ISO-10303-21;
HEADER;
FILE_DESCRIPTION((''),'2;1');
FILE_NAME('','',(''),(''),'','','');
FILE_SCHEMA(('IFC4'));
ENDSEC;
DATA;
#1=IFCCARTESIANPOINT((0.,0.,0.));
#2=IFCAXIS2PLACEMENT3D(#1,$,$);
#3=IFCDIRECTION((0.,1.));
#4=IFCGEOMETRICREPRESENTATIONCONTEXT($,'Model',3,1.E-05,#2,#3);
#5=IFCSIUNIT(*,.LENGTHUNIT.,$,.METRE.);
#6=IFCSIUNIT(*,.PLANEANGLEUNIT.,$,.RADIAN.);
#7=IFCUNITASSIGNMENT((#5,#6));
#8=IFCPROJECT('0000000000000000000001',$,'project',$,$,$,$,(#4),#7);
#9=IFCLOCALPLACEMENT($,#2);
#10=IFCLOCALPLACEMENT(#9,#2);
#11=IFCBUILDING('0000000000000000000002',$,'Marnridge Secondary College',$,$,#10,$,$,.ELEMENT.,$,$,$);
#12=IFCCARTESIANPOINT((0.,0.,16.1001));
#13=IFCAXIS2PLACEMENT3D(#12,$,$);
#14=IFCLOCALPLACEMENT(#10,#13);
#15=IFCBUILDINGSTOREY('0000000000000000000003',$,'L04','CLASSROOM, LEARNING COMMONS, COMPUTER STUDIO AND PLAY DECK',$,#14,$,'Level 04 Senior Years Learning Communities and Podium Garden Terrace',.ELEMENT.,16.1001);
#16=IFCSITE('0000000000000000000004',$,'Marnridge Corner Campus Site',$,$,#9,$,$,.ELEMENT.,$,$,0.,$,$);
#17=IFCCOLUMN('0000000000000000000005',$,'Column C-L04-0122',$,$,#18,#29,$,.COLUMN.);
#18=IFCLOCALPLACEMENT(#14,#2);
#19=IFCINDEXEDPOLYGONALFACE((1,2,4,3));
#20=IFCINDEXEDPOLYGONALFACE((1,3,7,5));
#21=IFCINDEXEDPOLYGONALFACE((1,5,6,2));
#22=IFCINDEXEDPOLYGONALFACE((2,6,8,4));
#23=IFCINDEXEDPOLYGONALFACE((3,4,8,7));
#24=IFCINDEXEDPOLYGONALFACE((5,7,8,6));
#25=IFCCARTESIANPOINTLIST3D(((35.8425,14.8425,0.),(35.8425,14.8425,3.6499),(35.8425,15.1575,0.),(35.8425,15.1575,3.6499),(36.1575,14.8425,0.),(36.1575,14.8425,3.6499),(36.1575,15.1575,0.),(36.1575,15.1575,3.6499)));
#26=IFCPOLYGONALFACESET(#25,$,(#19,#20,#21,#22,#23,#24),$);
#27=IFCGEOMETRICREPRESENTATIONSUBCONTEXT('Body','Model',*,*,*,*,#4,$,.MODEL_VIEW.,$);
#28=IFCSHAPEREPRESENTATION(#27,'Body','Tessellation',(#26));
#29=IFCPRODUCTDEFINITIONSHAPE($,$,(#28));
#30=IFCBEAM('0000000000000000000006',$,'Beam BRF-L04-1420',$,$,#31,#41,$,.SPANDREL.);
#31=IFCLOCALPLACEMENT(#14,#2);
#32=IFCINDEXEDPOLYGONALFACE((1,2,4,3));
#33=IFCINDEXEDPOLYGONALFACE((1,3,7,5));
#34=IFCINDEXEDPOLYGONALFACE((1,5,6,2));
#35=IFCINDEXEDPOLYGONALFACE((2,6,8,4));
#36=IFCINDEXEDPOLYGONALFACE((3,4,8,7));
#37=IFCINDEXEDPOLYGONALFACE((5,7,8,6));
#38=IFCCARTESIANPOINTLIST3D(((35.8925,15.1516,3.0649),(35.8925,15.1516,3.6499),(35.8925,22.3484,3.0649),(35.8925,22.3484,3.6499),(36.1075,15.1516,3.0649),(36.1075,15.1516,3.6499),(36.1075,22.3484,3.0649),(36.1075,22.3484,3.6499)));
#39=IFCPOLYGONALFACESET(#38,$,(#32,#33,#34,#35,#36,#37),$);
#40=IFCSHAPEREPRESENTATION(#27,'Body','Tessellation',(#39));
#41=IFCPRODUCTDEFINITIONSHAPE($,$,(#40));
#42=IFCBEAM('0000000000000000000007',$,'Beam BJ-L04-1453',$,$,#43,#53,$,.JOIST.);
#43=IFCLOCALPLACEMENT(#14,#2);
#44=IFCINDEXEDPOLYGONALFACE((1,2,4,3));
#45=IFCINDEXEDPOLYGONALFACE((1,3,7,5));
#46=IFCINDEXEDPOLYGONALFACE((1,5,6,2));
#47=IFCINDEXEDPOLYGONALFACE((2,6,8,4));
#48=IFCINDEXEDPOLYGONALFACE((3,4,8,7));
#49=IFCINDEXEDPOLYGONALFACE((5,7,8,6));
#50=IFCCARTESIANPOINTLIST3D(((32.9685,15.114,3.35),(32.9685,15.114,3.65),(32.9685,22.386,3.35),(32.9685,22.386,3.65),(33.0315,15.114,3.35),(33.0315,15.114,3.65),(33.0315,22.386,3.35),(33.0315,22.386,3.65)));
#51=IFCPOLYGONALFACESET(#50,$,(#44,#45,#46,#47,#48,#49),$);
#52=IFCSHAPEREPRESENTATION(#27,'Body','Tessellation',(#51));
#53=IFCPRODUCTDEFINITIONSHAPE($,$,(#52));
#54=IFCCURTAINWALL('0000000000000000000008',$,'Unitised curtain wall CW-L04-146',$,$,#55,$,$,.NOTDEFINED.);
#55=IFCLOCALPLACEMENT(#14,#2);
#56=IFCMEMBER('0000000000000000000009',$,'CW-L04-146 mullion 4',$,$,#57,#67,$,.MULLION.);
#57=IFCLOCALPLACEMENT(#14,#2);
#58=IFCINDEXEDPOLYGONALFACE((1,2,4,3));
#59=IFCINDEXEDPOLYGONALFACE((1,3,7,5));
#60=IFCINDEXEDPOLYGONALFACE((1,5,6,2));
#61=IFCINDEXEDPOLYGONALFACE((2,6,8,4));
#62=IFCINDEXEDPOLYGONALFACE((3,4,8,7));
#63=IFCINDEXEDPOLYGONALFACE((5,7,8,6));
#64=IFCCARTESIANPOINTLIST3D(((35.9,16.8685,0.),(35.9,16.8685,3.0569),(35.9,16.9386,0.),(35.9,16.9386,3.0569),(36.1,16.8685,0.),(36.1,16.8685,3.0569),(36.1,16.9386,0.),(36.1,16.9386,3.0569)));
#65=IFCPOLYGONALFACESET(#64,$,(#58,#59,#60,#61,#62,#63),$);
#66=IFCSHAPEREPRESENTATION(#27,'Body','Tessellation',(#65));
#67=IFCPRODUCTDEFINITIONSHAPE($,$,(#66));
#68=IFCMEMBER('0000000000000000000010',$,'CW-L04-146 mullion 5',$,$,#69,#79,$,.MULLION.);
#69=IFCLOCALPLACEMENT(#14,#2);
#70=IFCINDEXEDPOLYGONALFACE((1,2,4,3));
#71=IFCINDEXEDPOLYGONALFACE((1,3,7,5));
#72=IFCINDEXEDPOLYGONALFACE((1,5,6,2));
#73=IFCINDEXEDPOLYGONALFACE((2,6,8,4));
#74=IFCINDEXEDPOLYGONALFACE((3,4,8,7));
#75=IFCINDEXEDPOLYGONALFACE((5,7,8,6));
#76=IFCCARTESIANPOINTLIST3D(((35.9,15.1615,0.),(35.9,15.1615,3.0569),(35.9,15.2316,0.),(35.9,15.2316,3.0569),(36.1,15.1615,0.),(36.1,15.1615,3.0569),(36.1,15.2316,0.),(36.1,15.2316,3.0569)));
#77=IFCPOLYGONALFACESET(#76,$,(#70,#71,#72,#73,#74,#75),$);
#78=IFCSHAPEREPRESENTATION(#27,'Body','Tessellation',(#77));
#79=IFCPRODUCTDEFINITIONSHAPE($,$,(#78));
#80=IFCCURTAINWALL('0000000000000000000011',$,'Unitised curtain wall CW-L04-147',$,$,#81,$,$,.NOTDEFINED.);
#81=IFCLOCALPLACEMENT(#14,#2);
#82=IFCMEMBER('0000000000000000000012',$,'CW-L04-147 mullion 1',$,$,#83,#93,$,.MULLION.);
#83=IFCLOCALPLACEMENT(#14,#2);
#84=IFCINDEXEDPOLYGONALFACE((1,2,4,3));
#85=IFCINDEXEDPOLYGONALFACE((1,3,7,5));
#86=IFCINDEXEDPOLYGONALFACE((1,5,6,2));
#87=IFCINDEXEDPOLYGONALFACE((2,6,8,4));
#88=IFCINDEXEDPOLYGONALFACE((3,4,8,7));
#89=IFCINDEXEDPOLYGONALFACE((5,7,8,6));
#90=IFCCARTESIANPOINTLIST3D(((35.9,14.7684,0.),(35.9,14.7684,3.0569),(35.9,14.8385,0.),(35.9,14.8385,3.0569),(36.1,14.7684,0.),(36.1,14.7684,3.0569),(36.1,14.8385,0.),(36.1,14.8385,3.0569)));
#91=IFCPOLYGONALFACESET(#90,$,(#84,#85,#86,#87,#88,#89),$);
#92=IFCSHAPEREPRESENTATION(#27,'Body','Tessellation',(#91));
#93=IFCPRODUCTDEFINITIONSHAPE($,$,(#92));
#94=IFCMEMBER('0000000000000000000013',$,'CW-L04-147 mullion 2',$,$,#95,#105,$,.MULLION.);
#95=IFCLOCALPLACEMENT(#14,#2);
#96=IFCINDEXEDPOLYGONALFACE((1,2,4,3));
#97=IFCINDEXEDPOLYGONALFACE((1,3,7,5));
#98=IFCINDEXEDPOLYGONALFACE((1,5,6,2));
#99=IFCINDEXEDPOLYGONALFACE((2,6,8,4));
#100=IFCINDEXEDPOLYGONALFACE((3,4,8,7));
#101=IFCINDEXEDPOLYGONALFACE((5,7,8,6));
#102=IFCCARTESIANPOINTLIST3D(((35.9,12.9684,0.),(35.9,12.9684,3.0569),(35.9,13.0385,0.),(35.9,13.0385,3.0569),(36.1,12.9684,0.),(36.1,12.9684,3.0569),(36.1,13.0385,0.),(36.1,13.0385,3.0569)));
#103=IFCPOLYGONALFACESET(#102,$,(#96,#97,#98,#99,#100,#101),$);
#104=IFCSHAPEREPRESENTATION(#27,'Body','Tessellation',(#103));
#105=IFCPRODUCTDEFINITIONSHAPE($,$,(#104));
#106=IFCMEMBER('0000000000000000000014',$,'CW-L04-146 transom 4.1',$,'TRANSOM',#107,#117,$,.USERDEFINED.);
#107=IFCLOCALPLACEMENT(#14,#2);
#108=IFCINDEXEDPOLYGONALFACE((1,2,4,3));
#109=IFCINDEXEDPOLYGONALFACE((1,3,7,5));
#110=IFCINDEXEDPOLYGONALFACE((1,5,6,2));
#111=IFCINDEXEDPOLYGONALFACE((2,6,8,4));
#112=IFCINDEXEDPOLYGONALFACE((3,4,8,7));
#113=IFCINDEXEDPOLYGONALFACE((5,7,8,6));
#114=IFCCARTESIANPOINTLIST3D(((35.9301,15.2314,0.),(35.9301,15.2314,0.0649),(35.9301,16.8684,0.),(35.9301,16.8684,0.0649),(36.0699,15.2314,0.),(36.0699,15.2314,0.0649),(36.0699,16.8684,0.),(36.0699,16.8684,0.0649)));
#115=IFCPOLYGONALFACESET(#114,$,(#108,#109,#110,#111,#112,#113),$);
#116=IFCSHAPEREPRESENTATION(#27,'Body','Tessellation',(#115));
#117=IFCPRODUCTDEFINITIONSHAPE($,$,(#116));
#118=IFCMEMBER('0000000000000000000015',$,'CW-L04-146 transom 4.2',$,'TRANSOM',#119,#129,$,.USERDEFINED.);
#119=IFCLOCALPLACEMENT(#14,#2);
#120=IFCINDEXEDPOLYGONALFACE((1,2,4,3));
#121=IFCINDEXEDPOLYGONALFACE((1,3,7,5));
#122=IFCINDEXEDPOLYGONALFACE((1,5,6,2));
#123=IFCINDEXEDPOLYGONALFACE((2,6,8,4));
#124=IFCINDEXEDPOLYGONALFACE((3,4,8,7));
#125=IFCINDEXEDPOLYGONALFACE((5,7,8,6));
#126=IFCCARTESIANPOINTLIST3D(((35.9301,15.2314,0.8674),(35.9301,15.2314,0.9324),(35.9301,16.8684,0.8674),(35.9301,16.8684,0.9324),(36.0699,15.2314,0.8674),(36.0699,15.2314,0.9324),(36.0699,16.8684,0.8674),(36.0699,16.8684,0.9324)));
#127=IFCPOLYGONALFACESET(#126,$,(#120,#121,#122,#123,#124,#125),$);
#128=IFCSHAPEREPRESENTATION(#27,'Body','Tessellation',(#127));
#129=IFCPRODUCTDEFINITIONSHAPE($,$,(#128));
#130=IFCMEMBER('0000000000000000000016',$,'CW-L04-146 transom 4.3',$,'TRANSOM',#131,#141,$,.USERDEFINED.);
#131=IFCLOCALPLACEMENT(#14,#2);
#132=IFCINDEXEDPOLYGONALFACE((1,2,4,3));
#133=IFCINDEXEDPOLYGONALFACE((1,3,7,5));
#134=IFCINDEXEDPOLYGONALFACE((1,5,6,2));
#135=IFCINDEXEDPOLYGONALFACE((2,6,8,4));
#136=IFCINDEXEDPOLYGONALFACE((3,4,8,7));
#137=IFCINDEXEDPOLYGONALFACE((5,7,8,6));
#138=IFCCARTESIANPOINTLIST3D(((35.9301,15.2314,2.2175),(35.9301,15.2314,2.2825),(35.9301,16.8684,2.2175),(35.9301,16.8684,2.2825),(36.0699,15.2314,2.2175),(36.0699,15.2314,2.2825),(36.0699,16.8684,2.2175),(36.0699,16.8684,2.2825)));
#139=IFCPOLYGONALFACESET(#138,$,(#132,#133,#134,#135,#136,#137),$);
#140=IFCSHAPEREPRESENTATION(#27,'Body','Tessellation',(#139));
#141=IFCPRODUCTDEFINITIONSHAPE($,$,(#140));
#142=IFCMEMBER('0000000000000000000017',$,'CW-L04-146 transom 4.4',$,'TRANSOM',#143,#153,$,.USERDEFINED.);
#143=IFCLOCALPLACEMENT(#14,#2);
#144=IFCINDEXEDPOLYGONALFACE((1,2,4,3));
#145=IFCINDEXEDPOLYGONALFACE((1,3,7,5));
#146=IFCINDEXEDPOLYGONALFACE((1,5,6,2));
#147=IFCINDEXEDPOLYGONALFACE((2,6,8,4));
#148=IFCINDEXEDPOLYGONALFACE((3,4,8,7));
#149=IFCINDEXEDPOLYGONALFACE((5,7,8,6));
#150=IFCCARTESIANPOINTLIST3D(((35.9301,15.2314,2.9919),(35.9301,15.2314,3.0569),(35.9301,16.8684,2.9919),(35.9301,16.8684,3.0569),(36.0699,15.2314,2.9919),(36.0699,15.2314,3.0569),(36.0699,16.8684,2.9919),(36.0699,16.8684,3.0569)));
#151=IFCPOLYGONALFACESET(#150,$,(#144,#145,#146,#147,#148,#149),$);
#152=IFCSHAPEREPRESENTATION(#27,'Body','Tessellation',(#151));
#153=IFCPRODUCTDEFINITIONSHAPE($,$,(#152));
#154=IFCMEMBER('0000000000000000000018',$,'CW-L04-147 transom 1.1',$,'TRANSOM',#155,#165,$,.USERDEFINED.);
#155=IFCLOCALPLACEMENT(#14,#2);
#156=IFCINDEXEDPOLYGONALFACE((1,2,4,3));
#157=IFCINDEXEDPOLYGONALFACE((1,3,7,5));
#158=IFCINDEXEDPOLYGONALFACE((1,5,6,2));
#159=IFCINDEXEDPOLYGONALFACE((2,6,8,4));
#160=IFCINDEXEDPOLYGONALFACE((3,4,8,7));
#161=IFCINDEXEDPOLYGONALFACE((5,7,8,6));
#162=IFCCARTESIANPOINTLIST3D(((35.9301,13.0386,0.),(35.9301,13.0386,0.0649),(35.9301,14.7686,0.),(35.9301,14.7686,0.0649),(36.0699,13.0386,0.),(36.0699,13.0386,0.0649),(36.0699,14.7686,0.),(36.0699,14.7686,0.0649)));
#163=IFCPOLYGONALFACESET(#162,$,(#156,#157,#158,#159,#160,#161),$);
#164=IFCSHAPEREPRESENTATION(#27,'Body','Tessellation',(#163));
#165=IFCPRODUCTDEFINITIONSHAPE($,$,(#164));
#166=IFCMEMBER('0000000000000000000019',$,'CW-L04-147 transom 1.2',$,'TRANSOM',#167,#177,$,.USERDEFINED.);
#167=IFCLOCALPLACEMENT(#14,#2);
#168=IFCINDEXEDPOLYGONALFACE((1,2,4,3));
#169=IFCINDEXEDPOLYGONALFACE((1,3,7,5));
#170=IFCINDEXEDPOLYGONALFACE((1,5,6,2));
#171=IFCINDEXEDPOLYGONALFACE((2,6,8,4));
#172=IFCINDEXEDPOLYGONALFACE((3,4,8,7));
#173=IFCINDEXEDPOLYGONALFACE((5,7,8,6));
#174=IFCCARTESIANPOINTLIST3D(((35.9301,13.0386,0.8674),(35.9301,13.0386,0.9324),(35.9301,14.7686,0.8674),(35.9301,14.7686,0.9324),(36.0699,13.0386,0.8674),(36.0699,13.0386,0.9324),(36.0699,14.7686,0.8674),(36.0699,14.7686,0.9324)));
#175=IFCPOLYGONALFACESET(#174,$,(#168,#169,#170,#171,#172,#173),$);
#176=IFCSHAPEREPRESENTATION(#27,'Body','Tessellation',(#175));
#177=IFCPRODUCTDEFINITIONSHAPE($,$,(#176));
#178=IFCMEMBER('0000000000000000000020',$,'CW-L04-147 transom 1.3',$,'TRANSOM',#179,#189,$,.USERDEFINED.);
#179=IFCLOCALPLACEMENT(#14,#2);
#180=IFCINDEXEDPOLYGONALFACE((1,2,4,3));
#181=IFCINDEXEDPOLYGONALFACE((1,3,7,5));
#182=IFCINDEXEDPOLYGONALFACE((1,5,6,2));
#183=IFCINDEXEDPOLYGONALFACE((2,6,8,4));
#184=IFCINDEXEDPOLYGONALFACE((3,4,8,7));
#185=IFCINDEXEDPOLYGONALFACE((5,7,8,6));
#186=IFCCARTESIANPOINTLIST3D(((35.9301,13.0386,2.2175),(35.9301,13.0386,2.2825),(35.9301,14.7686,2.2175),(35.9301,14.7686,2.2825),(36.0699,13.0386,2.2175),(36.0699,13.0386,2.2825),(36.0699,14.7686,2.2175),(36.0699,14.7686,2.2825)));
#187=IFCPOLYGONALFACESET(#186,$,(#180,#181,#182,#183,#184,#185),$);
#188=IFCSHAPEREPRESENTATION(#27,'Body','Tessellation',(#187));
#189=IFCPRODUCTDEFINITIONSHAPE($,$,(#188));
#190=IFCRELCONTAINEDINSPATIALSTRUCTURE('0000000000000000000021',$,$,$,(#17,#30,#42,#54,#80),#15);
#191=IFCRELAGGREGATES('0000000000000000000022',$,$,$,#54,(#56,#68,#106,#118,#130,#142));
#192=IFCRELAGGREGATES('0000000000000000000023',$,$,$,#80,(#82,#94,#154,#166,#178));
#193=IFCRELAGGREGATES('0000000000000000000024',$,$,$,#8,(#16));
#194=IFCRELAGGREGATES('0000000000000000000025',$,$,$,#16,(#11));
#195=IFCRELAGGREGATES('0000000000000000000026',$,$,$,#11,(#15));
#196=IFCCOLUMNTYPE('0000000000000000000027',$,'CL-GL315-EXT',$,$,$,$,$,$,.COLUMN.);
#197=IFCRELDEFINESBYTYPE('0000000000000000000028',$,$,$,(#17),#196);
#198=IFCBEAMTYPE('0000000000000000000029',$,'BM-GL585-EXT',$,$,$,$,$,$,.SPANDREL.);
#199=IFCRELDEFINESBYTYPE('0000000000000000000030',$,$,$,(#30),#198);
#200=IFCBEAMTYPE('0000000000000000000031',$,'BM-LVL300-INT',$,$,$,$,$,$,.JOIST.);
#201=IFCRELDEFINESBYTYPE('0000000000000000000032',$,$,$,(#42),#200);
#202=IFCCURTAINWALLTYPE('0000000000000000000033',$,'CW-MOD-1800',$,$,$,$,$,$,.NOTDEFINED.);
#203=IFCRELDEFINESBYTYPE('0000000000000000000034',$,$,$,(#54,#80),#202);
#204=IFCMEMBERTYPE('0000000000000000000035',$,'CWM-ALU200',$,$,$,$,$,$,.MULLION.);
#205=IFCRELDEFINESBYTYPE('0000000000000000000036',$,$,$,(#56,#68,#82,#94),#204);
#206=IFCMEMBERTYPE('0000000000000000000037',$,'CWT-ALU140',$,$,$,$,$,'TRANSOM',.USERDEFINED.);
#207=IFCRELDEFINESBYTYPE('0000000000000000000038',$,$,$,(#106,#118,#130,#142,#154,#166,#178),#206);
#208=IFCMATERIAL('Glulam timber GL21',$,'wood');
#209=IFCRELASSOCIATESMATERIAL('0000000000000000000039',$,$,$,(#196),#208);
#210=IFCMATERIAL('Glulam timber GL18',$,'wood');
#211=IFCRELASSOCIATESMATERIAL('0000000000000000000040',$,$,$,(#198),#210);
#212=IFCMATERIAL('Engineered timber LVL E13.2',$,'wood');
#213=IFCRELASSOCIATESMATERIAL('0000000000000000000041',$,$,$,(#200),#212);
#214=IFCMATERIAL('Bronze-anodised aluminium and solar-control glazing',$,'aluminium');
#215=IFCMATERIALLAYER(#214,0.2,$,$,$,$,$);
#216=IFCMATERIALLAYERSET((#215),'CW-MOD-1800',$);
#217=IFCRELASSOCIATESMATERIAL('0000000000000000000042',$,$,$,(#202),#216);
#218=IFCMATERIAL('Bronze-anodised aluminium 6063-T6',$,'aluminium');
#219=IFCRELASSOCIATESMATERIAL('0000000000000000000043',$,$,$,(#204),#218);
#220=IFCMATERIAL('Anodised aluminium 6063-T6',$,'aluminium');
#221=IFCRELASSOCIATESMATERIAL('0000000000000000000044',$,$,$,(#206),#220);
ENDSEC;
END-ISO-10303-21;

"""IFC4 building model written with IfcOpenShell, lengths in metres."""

from ifc_helpers import new_model, si_unit, direction, frame, origin, origin_2d, place, context, subcontext, project, spatial, rectangle, extrude, material, layer, layer_set, material_profile, profile_set, type_object, element, aggregate, save


model = new_model("IFC4")

# Units and contexts
model_context = context("Model", 3, precision=1e-05, world=origin(), true_north=direction((0.0, 1.0)))
body_context = subcontext(model_context, "Body", "Model", "MODEL_VIEW")
ifc_project = project(units=[si_unit("LENGTHUNIT", "METRE"), si_unit("PLANEANGLEUNIT", "RADIAN")], contexts=[model_context])

# Site, building, storey
site_placement = place(None, origin())
site = spatial("IfcSite", under=ifc_project, at=site_placement, Name="Marnridge Corner Campus Site", CompositionType="ELEMENT", RefElevation=0.0)
building_placement = place(site_placement, origin())
building = spatial("IfcBuilding", under=site, at=building_placement, Name="Marnridge Secondary College", CompositionType="ELEMENT")
storey_placement = place(building_placement, frame((0.0, 0.0, 16.1001)))
storey = spatial("IfcBuildingStorey", under=building, at=storey_placement, Name="L04", Description="CLASSROOM, LEARNING COMMONS, COMPUTER STUDIO AND PLAY DECK", LongName="Level 04 Senior Years Learning Communities and Podium Garden Terrace", CompositionType="ELEMENT", Elevation=16.1001)

# Column
ifc_material_1 = material(Name="Glulam timber GL21", Category="wood")
ifc_material_profile_1 = material_profile(ifc_material_1, rectangle(XDim=0.3149, YDim=0.3149, at=origin_2d()), Name="GL21 315x315")
ifc_profile_set_1 = profile_set([ifc_material_profile_1], Name="Glulam timber GL21")
column_type = type_object("IfcColumnType", Name="CL-GL315-EXT", PredefinedType="COLUMN", material=ifc_profile_set_1)
column_placement = place(storey_placement, frame((36.0, 15.0, 0.0), z_axis=(0.0, 0.0, 1.0), x_axis=(1.0, 0.0, 0.0)))
element("IfcColumn", 1, at=column_placement, inside=storey, type_object=column_type, Name="Column C-L04-0122", PredefinedType="COLUMN", context=body_context, shape_type="SweptSolid", body=[
    extrude(rectangle(XDim=0.3149, YDim=0.3149, at=origin_2d()), origin(), (0.0, 0.0, 1.0), 3.6499),
])

# Beams
ifc_material_2 = material(Name="Glulam timber GL18", Category="wood")
ifc_material_profile_2 = material_profile(ifc_material_2, rectangle(XDim=0.2151, YDim=0.585, at=origin_2d()), Name="GL18 215x585")
ifc_profile_set_2 = profile_set([ifc_material_profile_2], Name="Glulam timber GL18")
beam_type_1 = type_object("IfcBeamType", Name="BM-GL585-EXT", PredefinedType="SPANDREL", material=ifc_profile_set_2)
beam_1_placement = place(storey_placement, frame((36.0, 15.1516, 3.3574), z_axis=(0.0, 1.0, 0.0), x_axis=(-1.0, 0.0, 0.0)))
element("IfcBeam", 2, at=beam_1_placement, inside=storey, type_object=beam_type_1, Name="Beam BRF-L04-1420", PredefinedType="SPANDREL", context=body_context, shape_type="SweptSolid", body=[
    extrude(rectangle(XDim=0.2151, YDim=0.585, at=origin_2d()), origin(), (0.0, 0.0, 1.0), 7.1968),
])
ifc_material_3 = material(Name="Engineered timber LVL E13.2", Category="wood")
ifc_material_profile_3 = material_profile(ifc_material_3, rectangle(XDim=0.063, YDim=0.3, at=origin_2d()), Name="LVL 63x300")
ifc_profile_set_3 = profile_set([ifc_material_profile_3], Name="Engineered timber LVL E13.2")
beam_type_2 = type_object("IfcBeamType", Name="BM-LVL300-INT", PredefinedType="JOIST", material=ifc_profile_set_3)
beam_2_placement = place(storey_placement, frame((33.0, 15.114, 3.5), z_axis=(0.0, 1.0, 0.0), x_axis=(-1.0, 0.0, 0.0)))
element("IfcBeam", 3, at=beam_2_placement, inside=storey, type_object=beam_type_2, Name="Beam BJ-L04-1453", PredefinedType="JOIST", context=body_context, shape_type="SweptSolid", body=[
    extrude(rectangle(XDim=0.063, YDim=0.3, at=origin_2d()), origin(), (0.0, 0.0, 1.0), 7.272),
])

# Curtain walls, members
ifc_material_4 = material(Name="Bronze-anodised aluminium and solar-control glazing", Category="aluminium")
ifc_layer_1 = layer(ifc_material_4, 0.2)
ifc_layer_set_1 = layer_set([ifc_layer_1], Name="CW-MOD-1800")
curtain_wall_type = type_object("IfcCurtainWallType", Name="CW-MOD-1800", PredefinedType="NOTDEFINED", material=ifc_layer_set_1)
curtain_wall_1_placement = place(storey_placement, origin())
curtain_wall_1 = element("IfcCurtainWall", 4, at=curtain_wall_1_placement, inside=storey, type_object=curtain_wall_type, Name="Unitised curtain wall CW-L04-146", PredefinedType="NOTDEFINED")
ifc_material_5 = material(Name="Bronze-anodised aluminium 6063-T6", Category="aluminium")
ifc_material_profile_4 = material_profile(ifc_material_5, rectangle(XDim=0.0701, YDim=0.2, at=origin_2d()), Name="ALU 70x200")
ifc_profile_set_4 = profile_set([ifc_material_profile_4], Name="Bronze-anodised aluminium 6063-T6")
member_type_1 = type_object("IfcMemberType", Name="CWM-ALU200", PredefinedType="MULLION", material=ifc_profile_set_4)
member_1_placement = place(storey_placement, frame((36.0, 16.9036, 0.0), z_axis=(0.0, 0.0, 1.0), x_axis=(0.0, -1.0, 0.0)))
member_1 = element("IfcMember", 5, at=member_1_placement, type_object=member_type_1, Name="CW-L04-146 mullion 4", PredefinedType="MULLION", context=body_context, shape_type="SweptSolid", body=[
    extrude(rectangle(XDim=0.0701, YDim=0.2, at=origin_2d()), origin(), (0.0, 0.0, 1.0), 3.0569),
])
member_2_placement = place(storey_placement, frame((36.0, 15.1965, 0.0), z_axis=(0.0, 0.0, 1.0), x_axis=(0.0, -1.0, 0.0)))
member_2 = element("IfcMember", 6, at=member_2_placement, type_object=member_type_1, Name="CW-L04-146 mullion 5", PredefinedType="MULLION", context=body_context, shape_type="SweptSolid", body=[
    extrude(rectangle(XDim=0.0701, YDim=0.2, at=origin_2d()), origin(), (0.0, 0.0, 1.0), 3.0569),
])
curtain_wall_2_placement = place(storey_placement, origin())
curtain_wall_2 = element("IfcCurtainWall", 7, at=curtain_wall_2_placement, inside=storey, type_object=curtain_wall_type, Name="Unitised curtain wall CW-L04-147", PredefinedType="NOTDEFINED")
member_3_placement = place(storey_placement, frame((36.0, 14.8035, 0.0), z_axis=(0.0, 0.0, 1.0), x_axis=(0.0, -1.0, 0.0)))
member_3 = element("IfcMember", 8, at=member_3_placement, type_object=member_type_1, Name="CW-L04-147 mullion 1", PredefinedType="MULLION", context=body_context, shape_type="SweptSolid", body=[
    extrude(rectangle(XDim=0.0701, YDim=0.2, at=origin_2d()), origin(), (0.0, 0.0, 1.0), 3.0569),
])
member_4_placement = place(storey_placement, frame((36.0, 13.0034, 0.0), z_axis=(0.0, 0.0, 1.0), x_axis=(0.0, -1.0, 0.0)))
member_4 = element("IfcMember", 9, at=member_4_placement, type_object=member_type_1, Name="CW-L04-147 mullion 2", PredefinedType="MULLION", context=body_context, shape_type="SweptSolid", body=[
    extrude(rectangle(XDim=0.0701, YDim=0.2, at=origin_2d()), origin(), (0.0, 0.0, 1.0), 3.0569),
])

# Members
ifc_material_6 = material(Name="Anodised aluminium 6063-T6", Category="aluminium")
ifc_material_profile_5 = material_profile(ifc_material_6, rectangle(XDim=0.0649, YDim=0.1399, at=origin_2d()), Name="ALU 65x140")
ifc_profile_set_5 = profile_set([ifc_material_profile_5], Name="Anodised aluminium 6063-T6")
member_type_2 = type_object("IfcMemberType", Name="CWT-ALU140", ElementType="TRANSOM", PredefinedType="USERDEFINED", material=ifc_profile_set_5)
member_5_placement = place(storey_placement, frame((36.0, 16.8684, 0.0325), z_axis=(0.0, -1.0, 0.0), x_axis=(0.0, 0.0, 1.0)))
member_5 = element("IfcMember", 10, at=member_5_placement, type_object=member_type_2, Name="CW-L04-146 transom 4.1", ObjectType="TRANSOM", PredefinedType="USERDEFINED", context=body_context, shape_type="SweptSolid", body=[
    extrude(rectangle(XDim=0.0649, YDim=0.1399, at=origin_2d()), origin(), (0.0, 0.0, 1.0), 1.637),
])
member_6_placement = place(storey_placement, frame((36.0, 16.8684, 0.8999), z_axis=(0.0, -1.0, 0.0), x_axis=(0.0, 0.0, 1.0)))
member_6 = element("IfcMember", 11, at=member_6_placement, type_object=member_type_2, Name="CW-L04-146 transom 4.2", ObjectType="TRANSOM", PredefinedType="USERDEFINED", context=body_context, shape_type="SweptSolid", body=[
    extrude(rectangle(XDim=0.0649, YDim=0.1399, at=origin_2d()), origin(), (0.0, 0.0, 1.0), 1.637),
])
member_7_placement = place(storey_placement, frame((36.0, 16.8684, 2.25), z_axis=(0.0, -1.0, 0.0), x_axis=(0.0, 0.0, 1.0)))
member_7 = element("IfcMember", 12, at=member_7_placement, type_object=member_type_2, Name="CW-L04-146 transom 4.3", ObjectType="TRANSOM", PredefinedType="USERDEFINED", context=body_context, shape_type="SweptSolid", body=[
    extrude(rectangle(XDim=0.0649, YDim=0.1399, at=origin_2d()), origin(), (0.0, 0.0, 1.0), 1.637),
])
member_8_placement = place(storey_placement, frame((36.0, 16.8684, 3.0244), z_axis=(0.0, -1.0, 0.0), x_axis=(0.0, 0.0, 1.0)))
member_8 = element("IfcMember", 13, at=member_8_placement, type_object=member_type_2, Name="CW-L04-146 transom 4.4", ObjectType="TRANSOM", PredefinedType="USERDEFINED", context=body_context, shape_type="SweptSolid", body=[
    extrude(rectangle(XDim=0.0649, YDim=0.1399, at=origin_2d()), origin(), (0.0, 0.0, 1.0), 1.637),
])
member_9_placement = place(storey_placement, frame((36.0, 14.7686, 0.0325), z_axis=(0.0, -1.0, 0.0), x_axis=(0.0, 0.0, 1.0)))
member_9 = element("IfcMember", 14, at=member_9_placement, type_object=member_type_2, Name="CW-L04-147 transom 1.1", ObjectType="TRANSOM", PredefinedType="USERDEFINED", context=body_context, shape_type="SweptSolid", body=[
    extrude(rectangle(XDim=0.0649, YDim=0.1399, at=origin_2d()), origin(), (0.0, 0.0, 1.0), 1.73),
])
member_10_placement = place(storey_placement, frame((36.0, 14.7686, 0.8999), z_axis=(0.0, -1.0, 0.0), x_axis=(0.0, 0.0, 1.0)))
member_10 = element("IfcMember", 15, at=member_10_placement, type_object=member_type_2, Name="CW-L04-147 transom 1.2", ObjectType="TRANSOM", PredefinedType="USERDEFINED", context=body_context, shape_type="SweptSolid", body=[
    extrude(rectangle(XDim=0.0649, YDim=0.1399, at=origin_2d()), origin(), (0.0, 0.0, 1.0), 1.73),
])
member_11_placement = place(storey_placement, frame((36.0, 14.7686, 2.25), z_axis=(0.0, -1.0, 0.0), x_axis=(0.0, 0.0, 1.0)))
member_11 = element("IfcMember", 16, at=member_11_placement, type_object=member_type_2, Name="CW-L04-147 transom 1.3", ObjectType="TRANSOM", PredefinedType="USERDEFINED", context=body_context, shape_type="SweptSolid", body=[
    extrude(rectangle(XDim=0.0649, YDim=0.1399, at=origin_2d()), origin(), (0.0, 0.0, 1.0), 1.73),
])

aggregate(curtain_wall_1, [member_1, member_2, member_5, member_6, member_7, member_8])
aggregate(curtain_wall_2, [member_3, member_4, member_9, member_10, member_11])

save(model, "model.ifc")
